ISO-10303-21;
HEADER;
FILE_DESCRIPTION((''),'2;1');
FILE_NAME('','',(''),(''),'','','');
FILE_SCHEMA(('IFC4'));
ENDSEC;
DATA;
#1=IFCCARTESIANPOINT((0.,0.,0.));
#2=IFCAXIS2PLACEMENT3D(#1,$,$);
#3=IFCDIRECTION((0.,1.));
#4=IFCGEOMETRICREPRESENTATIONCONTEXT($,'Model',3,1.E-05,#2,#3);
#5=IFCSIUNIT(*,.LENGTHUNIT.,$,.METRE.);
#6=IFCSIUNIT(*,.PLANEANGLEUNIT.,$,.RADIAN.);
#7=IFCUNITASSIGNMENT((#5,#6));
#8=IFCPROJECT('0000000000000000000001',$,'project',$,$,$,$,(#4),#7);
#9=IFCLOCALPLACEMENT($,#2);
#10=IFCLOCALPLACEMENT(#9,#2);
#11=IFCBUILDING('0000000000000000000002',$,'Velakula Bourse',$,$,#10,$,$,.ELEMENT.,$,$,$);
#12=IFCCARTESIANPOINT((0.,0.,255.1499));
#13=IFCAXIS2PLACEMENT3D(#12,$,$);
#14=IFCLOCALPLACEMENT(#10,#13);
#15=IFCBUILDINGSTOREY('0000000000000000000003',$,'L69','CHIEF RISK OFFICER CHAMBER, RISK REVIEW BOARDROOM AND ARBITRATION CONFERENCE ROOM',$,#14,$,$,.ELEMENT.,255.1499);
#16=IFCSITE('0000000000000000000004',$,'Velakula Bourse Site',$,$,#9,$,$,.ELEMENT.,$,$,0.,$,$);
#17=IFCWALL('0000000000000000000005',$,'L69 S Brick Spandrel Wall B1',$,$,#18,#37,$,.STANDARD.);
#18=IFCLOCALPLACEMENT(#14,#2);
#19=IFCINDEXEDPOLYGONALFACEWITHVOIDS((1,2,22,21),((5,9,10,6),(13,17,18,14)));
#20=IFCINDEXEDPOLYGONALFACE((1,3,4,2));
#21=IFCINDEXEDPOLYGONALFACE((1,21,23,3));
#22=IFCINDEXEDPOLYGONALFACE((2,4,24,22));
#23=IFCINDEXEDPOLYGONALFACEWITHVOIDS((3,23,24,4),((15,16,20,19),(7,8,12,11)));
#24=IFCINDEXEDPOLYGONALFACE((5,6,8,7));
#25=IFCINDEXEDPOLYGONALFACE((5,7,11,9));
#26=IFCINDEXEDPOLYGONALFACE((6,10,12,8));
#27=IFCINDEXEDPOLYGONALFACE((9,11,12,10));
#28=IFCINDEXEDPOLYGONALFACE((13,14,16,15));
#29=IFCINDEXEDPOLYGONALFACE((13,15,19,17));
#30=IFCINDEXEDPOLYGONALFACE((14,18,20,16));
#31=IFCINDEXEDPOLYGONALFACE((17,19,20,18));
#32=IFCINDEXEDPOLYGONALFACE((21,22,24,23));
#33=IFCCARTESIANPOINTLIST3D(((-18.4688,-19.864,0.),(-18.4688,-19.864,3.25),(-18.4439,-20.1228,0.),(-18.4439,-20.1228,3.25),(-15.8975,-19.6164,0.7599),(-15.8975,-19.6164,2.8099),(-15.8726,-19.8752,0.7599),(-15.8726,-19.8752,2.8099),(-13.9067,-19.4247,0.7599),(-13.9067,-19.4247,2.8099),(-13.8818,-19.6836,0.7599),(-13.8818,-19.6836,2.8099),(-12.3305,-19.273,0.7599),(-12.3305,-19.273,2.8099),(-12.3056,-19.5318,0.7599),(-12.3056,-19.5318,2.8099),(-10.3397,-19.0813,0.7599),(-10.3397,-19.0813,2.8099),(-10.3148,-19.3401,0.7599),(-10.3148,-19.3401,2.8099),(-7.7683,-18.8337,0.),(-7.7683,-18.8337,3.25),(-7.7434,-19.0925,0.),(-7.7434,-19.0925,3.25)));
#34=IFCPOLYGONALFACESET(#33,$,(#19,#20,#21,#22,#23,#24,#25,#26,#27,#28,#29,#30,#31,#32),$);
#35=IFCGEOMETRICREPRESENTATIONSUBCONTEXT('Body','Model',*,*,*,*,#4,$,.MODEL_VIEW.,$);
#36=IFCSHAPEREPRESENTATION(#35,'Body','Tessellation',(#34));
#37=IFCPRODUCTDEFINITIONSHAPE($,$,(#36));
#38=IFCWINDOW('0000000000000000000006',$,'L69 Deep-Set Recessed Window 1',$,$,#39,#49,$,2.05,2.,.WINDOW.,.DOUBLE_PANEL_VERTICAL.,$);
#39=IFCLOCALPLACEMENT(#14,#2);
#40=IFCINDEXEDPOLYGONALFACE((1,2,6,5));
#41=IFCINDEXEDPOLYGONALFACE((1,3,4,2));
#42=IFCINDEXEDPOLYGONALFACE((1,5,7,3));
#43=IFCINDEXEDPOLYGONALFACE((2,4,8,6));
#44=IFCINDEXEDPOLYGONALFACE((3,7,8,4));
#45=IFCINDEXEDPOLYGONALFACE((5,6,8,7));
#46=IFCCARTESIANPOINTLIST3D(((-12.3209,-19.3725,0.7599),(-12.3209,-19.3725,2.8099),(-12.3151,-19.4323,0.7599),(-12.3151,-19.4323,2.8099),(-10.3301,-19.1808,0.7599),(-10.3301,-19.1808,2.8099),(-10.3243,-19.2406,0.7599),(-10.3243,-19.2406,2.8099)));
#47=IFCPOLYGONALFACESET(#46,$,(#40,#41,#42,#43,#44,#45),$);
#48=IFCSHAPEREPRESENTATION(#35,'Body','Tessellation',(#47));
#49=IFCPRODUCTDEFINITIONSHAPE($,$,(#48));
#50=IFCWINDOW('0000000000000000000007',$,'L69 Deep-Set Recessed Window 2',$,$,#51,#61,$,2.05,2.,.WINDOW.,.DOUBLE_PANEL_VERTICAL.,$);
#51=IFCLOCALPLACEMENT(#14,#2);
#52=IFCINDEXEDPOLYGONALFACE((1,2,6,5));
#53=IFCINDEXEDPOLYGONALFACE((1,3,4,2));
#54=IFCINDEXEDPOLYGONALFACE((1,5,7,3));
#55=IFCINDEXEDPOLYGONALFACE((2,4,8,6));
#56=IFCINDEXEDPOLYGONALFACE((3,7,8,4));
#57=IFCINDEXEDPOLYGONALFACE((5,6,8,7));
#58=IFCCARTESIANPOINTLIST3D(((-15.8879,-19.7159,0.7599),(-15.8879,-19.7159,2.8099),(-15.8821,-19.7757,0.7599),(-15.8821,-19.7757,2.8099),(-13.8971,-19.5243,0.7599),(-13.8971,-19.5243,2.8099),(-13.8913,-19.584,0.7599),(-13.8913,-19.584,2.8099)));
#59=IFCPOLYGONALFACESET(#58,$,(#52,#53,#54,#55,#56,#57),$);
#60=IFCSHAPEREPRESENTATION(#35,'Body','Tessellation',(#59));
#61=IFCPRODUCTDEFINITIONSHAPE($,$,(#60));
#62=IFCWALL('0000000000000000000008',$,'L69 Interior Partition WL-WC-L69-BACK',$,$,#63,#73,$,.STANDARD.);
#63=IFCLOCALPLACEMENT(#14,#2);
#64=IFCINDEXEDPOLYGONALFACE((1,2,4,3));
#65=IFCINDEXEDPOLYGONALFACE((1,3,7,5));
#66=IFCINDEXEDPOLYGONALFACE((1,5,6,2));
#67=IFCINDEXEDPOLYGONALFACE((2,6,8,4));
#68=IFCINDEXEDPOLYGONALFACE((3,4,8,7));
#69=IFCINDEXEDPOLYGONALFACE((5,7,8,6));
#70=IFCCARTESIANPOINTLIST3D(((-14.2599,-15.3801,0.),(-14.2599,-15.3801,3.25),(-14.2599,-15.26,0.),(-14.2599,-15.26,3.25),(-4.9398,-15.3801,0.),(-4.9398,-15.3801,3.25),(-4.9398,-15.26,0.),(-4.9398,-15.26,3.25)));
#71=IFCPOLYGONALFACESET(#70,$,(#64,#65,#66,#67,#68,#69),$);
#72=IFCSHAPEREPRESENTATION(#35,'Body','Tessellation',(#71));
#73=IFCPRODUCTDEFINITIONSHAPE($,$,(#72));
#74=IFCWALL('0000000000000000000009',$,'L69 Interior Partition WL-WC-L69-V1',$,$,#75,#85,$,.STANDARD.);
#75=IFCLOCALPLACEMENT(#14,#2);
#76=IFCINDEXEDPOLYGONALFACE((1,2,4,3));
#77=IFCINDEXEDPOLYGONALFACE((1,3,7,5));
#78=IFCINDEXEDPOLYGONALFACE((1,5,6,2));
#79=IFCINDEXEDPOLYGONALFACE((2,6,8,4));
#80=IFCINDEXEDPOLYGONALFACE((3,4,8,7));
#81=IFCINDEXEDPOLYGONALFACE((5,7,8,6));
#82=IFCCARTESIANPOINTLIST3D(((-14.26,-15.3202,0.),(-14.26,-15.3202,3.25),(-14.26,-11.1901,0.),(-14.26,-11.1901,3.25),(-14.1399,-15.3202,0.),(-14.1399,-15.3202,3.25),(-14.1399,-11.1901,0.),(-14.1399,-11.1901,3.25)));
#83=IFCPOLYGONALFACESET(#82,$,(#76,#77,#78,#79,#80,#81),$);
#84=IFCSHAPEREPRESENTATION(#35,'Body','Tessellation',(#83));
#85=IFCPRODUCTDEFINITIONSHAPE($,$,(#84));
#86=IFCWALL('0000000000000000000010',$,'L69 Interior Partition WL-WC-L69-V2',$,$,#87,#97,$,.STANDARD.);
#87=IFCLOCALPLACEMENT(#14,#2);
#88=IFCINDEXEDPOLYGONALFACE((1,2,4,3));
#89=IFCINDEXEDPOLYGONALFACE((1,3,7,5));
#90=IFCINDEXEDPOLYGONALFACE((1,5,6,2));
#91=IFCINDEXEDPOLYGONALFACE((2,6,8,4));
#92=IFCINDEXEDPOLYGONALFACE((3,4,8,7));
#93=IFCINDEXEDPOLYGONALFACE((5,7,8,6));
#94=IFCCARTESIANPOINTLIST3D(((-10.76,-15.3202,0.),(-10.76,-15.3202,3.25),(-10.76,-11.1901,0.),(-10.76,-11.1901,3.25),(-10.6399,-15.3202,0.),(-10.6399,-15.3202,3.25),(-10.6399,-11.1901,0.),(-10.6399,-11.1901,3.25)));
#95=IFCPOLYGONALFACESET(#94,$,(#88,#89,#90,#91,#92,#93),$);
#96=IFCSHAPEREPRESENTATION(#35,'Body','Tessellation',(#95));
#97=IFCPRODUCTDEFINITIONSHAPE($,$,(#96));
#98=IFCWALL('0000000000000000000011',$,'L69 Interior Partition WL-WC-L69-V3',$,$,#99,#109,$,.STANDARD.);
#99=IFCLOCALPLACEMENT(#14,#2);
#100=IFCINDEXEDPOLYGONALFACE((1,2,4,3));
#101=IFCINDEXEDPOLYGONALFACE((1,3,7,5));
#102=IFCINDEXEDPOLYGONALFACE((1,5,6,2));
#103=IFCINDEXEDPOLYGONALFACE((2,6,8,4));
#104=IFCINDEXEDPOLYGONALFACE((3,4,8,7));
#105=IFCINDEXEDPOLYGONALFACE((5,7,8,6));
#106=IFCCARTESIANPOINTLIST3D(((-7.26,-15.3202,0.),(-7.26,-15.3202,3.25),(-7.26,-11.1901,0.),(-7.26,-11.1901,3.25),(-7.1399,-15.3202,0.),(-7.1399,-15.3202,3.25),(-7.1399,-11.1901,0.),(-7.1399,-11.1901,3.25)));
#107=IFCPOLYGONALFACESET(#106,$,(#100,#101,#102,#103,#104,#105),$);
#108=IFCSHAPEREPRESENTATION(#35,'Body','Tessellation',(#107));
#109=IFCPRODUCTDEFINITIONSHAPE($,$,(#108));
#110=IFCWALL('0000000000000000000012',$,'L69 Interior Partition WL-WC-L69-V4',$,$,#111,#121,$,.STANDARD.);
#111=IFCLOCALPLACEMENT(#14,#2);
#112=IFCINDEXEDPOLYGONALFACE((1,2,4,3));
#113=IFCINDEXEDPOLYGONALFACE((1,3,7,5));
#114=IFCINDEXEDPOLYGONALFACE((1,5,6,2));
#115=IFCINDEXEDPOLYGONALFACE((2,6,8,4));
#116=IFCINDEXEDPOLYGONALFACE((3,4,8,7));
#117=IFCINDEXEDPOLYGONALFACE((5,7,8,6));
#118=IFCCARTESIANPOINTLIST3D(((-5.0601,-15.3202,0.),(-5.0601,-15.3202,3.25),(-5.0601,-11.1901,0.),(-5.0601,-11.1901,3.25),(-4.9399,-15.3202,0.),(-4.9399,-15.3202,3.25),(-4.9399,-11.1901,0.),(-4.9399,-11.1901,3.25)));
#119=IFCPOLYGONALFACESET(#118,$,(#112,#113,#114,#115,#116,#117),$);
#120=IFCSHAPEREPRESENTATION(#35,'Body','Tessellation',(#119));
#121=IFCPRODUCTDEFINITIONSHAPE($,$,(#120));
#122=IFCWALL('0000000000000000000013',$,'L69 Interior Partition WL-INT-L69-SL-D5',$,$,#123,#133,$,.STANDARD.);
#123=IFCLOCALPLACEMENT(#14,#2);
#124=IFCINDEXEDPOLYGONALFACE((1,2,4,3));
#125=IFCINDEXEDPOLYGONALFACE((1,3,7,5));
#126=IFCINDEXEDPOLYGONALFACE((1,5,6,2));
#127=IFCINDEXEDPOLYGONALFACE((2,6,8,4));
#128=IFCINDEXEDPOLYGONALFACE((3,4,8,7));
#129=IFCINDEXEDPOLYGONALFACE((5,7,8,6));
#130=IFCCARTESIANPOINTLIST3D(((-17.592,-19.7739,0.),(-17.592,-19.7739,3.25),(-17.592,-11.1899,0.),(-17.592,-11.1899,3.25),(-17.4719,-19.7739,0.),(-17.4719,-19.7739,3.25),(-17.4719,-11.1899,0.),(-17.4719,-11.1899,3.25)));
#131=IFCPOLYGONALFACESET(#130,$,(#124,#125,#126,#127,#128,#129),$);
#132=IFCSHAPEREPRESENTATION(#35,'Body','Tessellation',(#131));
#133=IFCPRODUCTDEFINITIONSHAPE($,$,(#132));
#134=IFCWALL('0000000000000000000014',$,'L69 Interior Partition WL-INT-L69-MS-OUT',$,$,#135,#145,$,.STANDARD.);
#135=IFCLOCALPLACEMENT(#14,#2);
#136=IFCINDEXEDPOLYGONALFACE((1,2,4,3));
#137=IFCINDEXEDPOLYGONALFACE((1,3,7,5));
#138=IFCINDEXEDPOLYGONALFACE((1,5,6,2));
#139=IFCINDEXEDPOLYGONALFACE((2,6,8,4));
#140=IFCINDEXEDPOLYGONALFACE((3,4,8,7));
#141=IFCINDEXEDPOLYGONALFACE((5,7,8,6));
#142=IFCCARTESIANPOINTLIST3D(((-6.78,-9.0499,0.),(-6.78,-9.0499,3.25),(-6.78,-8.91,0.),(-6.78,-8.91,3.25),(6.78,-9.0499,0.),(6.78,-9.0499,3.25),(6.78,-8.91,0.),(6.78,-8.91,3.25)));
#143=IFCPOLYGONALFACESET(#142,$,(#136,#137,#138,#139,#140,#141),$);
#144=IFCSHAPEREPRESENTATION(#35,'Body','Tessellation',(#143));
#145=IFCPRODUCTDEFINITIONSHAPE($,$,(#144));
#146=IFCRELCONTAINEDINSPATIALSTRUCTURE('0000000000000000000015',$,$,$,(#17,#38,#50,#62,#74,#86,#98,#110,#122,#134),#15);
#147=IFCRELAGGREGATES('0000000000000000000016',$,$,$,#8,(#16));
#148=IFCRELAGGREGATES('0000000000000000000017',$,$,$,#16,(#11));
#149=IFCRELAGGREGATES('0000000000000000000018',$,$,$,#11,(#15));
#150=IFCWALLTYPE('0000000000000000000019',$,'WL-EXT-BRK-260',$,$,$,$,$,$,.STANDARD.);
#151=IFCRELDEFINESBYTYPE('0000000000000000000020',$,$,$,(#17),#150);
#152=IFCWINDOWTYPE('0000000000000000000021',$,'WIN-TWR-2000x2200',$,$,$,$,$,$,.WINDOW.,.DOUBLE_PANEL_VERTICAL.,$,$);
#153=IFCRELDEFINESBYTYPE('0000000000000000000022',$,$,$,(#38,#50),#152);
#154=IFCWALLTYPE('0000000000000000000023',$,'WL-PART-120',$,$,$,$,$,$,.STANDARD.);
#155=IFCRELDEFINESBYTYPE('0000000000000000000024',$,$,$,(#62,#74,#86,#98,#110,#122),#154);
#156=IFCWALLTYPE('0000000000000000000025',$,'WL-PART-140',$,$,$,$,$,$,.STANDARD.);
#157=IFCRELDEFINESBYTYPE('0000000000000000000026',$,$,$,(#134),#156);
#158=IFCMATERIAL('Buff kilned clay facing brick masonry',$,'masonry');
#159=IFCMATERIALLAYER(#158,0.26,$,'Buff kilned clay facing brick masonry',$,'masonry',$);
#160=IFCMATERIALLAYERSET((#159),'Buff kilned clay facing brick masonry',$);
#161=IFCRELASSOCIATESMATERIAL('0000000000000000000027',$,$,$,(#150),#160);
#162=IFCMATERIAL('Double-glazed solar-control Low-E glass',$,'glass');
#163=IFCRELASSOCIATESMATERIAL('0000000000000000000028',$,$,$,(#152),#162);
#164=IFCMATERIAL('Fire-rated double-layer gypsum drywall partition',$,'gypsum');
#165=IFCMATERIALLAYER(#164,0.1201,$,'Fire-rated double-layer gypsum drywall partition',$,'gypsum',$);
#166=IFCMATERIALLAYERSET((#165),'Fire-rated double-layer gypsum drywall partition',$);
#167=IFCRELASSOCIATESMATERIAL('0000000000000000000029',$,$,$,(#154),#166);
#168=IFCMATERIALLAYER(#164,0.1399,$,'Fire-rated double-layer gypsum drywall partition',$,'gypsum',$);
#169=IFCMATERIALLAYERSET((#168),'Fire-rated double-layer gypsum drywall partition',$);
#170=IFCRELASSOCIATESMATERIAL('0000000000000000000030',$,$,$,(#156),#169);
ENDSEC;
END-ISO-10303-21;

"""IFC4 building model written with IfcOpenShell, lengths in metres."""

from ifc_helpers import new_model, si_unit, direction, frame, frame_2d, origin, place, context, subcontext, project, spatial, rectangle, extrude, material, layer, layer_set, type_object, element, fill, save


model = new_model("IFC4")

# Units and contexts
model_context = context("Model", 3, precision=1e-05, world=origin(), true_north=direction((0.0, 1.0)))
body_context = subcontext(model_context, "Body", "Model", "MODEL_VIEW")
ifc_project = project(units=[si_unit("LENGTHUNIT", "METRE"), si_unit("PLANEANGLEUNIT", "RADIAN")], contexts=[model_context])

# Site, building, storey
site_placement = place(None, origin())
site = spatial("IfcSite", under=ifc_project, at=site_placement, Name="Velakula Bourse Site", CompositionType="ELEMENT", RefElevation=0.0)
building_placement = place(site_placement, origin())
building = spatial("IfcBuilding", under=site, at=building_placement, Name="Velakula Bourse", CompositionType="ELEMENT")
storey_placement = place(building_placement, frame((0.0, 0.0, 255.1499)))
storey = spatial("IfcBuildingStorey", under=building, at=storey_placement, Name="L69", Description="CHIEF RISK OFFICER CHAMBER, RISK REVIEW BOARDROOM AND ARBITRATION CONFERENCE ROOM", CompositionType="ELEMENT", Elevation=255.1499)

# Wall, openings, windows
ifc_material_1 = material(Name="Buff kilned clay facing brick masonry", Category="masonry")
ifc_layer_1 = layer(ifc_material_1, 0.26, Name="Buff kilned clay facing brick masonry", Category="masonry")
ifc_layer_set_1 = layer_set([ifc_layer_1], Name="Buff kilned clay facing brick masonry")
wall_type_1 = type_object("IfcWallType", Name="WL-EXT-BRK-260", PredefinedType="STANDARD", material=ifc_layer_set_1)
wall_1_placement = place(storey_placement, frame((-7.7559, -18.9631, 0.0), z_axis=(0.0, 0.0, 1.0), x_axis=(-0.995397, -0.09584, 0.0)))
wall_1 = element("IfcWall", 1, at=wall_1_placement, inside=storey, type_object=wall_type_1, Name="L69 S Brick Spandrel Wall B1", PredefinedType="STANDARD", context=body_context, shape_type="SweptSolid", body=[
    extrude(rectangle(XDim=10.75, YDim=0.26, at=frame_2d((5.375, 0.0))), origin(), (0.0, 0.0, 1.0), 3.25),
])
opening_1_placement = place(wall_1_placement, frame((2.5833, 0.0, 0.76)))
opening_1 = element("IfcOpeningElement", 2, at=opening_1_placement, cuts=wall_1, PredefinedType="OPENING", context=body_context, shape_type="SweptSolid", body=[
    extrude(rectangle(XDim=2.0, YDim=2.05, at=frame_2d((1.0, 1.0249))), frame((0.0, 0.1399, 0.0), z_axis=(0.0, -1.0, 0.0), x_axis=(1.0, 0.0, 0.0)), (0.0, 0.0, 1.0), 0.28),
])
opening_2_placement = place(wall_1_placement, frame((6.1667, 0.0, 0.76)))
opening_2 = element("IfcOpeningElement", 3, at=opening_2_placement, cuts=wall_1, PredefinedType="OPENING", context=body_context, shape_type="SweptSolid", body=[
    extrude(rectangle(XDim=2.0, YDim=2.05, at=frame_2d((1.0, 1.0249))), frame((0.0, 0.1399, 0.0), z_axis=(0.0, -1.0, 0.0), x_axis=(1.0, 0.0, 0.0)), (0.0, 0.0, 1.0), 0.28),
])
ifc_material_2 = material(Name="Double-glazed solar-control Low-E glass", Category="glass")
window_type = type_object("IfcWindowType", Name="WIN-TWR-2000x2200", PartitioningType="DOUBLE_PANEL_VERTICAL", PredefinedType="WINDOW", material=ifc_material_2)
window_1_placement = place(opening_1_placement, origin())
window_1 = element("IfcWindow", 4, at=window_1_placement, inside=storey, type_object=window_type, Name="L69 Deep-Set Recessed Window 1", OverallHeight=2.05, OverallWidth=2.0, PartitioningType="DOUBLE_PANEL_VERTICAL", PredefinedType="WINDOW", context=body_context, shape_type="SweptSolid", body=[
    extrude(rectangle(XDim=2.0, YDim=2.05, at=frame_2d((1.0, 1.0249))), frame((0.0, 0.03, 0.0), z_axis=(0.0, -1.0, 0.0), x_axis=(1.0, 0.0, 0.0)), (0.0, 0.0, 1.0), 0.0601),
])
fill(opening_1, window_1)
window_2_placement = place(opening_2_placement, origin())
window_2 = element("IfcWindow", 5, at=window_2_placement, inside=storey, type_object=window_type, Name="L69 Deep-Set Recessed Window 2", OverallHeight=2.05, OverallWidth=2.0, PartitioningType="DOUBLE_PANEL_VERTICAL", PredefinedType="WINDOW", context=body_context, shape_type="SweptSolid", body=[
    extrude(rectangle(XDim=2.0, YDim=2.05, at=frame_2d((1.0, 1.0249))), frame((0.0, 0.03, 0.0), z_axis=(0.0, -1.0, 0.0), x_axis=(1.0, 0.0, 0.0)), (0.0, 0.0, 1.0), 0.0601),
])
fill(opening_2, window_2)

# Walls
ifc_material_3 = material(Name="Fire-rated double-layer gypsum drywall partition", Category="gypsum")
ifc_layer_2 = layer(ifc_material_3, 0.1201, Name="Fire-rated double-layer gypsum drywall partition", Category="gypsum")
ifc_layer_set_2 = layer_set([ifc_layer_2], Name="Fire-rated double-layer gypsum drywall partition")
wall_type_2 = type_object("IfcWallType", Name="WL-PART-120", PredefinedType="STANDARD", material=ifc_layer_set_2)
wall_2_placement = place(storey_placement, frame((-14.26, -15.3201, 0.0), z_axis=(0.0, 0.0, 1.0), x_axis=(1.0, 0.0, 0.0)))
element("IfcWall", 6, at=wall_2_placement, inside=storey, type_object=wall_type_2, Name="L69 Interior Partition WL-WC-L69-BACK", PredefinedType="STANDARD", context=body_context, shape_type="SweptSolid", body=[
    extrude(rectangle(XDim=9.3201, YDim=0.1201, at=frame_2d((4.6602, 0.0))), origin(), (0.0, 0.0, 1.0), 3.25),
])
for number, where, z_axis, x_axis, name in (
    (7, (-14.2, -15.3201, 0.0), (0.0, 0.0, 1.0), (0.0, 1.0, 0.0), "L69 Interior Partition WL-WC-L69-V1"),
    (8, (-10.7, -15.3201, 0.0), (0.0, 0.0, 1.0), (0.0, 1.0, 0.0), "L69 Interior Partition WL-WC-L69-V2"),
    (9, (-7.2, -15.3201, 0.0), (0.0, 0.0, 1.0), (0.0, 1.0, 0.0), "L69 Interior Partition WL-WC-L69-V3"),
    (10, (-5.0, -15.3201, 0.0), (0.0, 0.0, 1.0), (0.0, 1.0, 0.0), "L69 Interior Partition WL-WC-L69-V4"),
):
    element("IfcWall", number, at=place(storey_placement, frame(where, z_axis=z_axis, x_axis=x_axis)), inside=storey, type_object=wall_type_2, Name=name, PredefinedType="STANDARD", context=body_context, shape_type="SweptSolid", body=[
        extrude(rectangle(XDim=4.1301, YDim=0.1201, at=frame_2d((2.0649, 0.0))), origin(), (0.0, 0.0, 1.0), 3.25),
    ])
wall_3_placement = place(storey_placement, frame((-17.532, -19.7739, 0.0), z_axis=(0.0, 0.0, 1.0), x_axis=(0.0, 1.0, 0.0)))
element("IfcWall", 11, at=wall_3_placement, inside=storey, type_object=wall_type_2, Name="L69 Interior Partition WL-INT-L69-SL-D5", PredefinedType="STANDARD", context=body_context, shape_type="SweptSolid", body=[
    extrude(rectangle(XDim=8.584, YDim=0.1201, at=frame_2d((4.292, 0.0))), origin(), (0.0, 0.0, 1.0), 3.25),
])
ifc_layer_3 = layer(ifc_material_3, 0.1399, Name="Fire-rated double-layer gypsum drywall partition", Category="gypsum")
ifc_layer_set_3 = layer_set([ifc_layer_3], Name="Fire-rated double-layer gypsum drywall partition")
wall_type_3 = type_object("IfcWallType", Name="WL-PART-140", PredefinedType="STANDARD", material=ifc_layer_set_3)
wall_4_placement = place(storey_placement, frame((-6.78, -8.98, 0.0), z_axis=(0.0, 0.0, 1.0), x_axis=(1.0, 0.0, 0.0)))
element("IfcWall", 12, at=wall_4_placement, inside=storey, type_object=wall_type_3, Name="L69 Interior Partition WL-INT-L69-MS-OUT", PredefinedType="STANDARD", context=body_context, shape_type="SweptSolid", body=[
    extrude(rectangle(XDim=13.5601, YDim=0.1399, at=frame_2d((6.78, 0.0))), origin(), (0.0, 0.0, 1.0), 3.25),
])

save(model, "model.ifc")
